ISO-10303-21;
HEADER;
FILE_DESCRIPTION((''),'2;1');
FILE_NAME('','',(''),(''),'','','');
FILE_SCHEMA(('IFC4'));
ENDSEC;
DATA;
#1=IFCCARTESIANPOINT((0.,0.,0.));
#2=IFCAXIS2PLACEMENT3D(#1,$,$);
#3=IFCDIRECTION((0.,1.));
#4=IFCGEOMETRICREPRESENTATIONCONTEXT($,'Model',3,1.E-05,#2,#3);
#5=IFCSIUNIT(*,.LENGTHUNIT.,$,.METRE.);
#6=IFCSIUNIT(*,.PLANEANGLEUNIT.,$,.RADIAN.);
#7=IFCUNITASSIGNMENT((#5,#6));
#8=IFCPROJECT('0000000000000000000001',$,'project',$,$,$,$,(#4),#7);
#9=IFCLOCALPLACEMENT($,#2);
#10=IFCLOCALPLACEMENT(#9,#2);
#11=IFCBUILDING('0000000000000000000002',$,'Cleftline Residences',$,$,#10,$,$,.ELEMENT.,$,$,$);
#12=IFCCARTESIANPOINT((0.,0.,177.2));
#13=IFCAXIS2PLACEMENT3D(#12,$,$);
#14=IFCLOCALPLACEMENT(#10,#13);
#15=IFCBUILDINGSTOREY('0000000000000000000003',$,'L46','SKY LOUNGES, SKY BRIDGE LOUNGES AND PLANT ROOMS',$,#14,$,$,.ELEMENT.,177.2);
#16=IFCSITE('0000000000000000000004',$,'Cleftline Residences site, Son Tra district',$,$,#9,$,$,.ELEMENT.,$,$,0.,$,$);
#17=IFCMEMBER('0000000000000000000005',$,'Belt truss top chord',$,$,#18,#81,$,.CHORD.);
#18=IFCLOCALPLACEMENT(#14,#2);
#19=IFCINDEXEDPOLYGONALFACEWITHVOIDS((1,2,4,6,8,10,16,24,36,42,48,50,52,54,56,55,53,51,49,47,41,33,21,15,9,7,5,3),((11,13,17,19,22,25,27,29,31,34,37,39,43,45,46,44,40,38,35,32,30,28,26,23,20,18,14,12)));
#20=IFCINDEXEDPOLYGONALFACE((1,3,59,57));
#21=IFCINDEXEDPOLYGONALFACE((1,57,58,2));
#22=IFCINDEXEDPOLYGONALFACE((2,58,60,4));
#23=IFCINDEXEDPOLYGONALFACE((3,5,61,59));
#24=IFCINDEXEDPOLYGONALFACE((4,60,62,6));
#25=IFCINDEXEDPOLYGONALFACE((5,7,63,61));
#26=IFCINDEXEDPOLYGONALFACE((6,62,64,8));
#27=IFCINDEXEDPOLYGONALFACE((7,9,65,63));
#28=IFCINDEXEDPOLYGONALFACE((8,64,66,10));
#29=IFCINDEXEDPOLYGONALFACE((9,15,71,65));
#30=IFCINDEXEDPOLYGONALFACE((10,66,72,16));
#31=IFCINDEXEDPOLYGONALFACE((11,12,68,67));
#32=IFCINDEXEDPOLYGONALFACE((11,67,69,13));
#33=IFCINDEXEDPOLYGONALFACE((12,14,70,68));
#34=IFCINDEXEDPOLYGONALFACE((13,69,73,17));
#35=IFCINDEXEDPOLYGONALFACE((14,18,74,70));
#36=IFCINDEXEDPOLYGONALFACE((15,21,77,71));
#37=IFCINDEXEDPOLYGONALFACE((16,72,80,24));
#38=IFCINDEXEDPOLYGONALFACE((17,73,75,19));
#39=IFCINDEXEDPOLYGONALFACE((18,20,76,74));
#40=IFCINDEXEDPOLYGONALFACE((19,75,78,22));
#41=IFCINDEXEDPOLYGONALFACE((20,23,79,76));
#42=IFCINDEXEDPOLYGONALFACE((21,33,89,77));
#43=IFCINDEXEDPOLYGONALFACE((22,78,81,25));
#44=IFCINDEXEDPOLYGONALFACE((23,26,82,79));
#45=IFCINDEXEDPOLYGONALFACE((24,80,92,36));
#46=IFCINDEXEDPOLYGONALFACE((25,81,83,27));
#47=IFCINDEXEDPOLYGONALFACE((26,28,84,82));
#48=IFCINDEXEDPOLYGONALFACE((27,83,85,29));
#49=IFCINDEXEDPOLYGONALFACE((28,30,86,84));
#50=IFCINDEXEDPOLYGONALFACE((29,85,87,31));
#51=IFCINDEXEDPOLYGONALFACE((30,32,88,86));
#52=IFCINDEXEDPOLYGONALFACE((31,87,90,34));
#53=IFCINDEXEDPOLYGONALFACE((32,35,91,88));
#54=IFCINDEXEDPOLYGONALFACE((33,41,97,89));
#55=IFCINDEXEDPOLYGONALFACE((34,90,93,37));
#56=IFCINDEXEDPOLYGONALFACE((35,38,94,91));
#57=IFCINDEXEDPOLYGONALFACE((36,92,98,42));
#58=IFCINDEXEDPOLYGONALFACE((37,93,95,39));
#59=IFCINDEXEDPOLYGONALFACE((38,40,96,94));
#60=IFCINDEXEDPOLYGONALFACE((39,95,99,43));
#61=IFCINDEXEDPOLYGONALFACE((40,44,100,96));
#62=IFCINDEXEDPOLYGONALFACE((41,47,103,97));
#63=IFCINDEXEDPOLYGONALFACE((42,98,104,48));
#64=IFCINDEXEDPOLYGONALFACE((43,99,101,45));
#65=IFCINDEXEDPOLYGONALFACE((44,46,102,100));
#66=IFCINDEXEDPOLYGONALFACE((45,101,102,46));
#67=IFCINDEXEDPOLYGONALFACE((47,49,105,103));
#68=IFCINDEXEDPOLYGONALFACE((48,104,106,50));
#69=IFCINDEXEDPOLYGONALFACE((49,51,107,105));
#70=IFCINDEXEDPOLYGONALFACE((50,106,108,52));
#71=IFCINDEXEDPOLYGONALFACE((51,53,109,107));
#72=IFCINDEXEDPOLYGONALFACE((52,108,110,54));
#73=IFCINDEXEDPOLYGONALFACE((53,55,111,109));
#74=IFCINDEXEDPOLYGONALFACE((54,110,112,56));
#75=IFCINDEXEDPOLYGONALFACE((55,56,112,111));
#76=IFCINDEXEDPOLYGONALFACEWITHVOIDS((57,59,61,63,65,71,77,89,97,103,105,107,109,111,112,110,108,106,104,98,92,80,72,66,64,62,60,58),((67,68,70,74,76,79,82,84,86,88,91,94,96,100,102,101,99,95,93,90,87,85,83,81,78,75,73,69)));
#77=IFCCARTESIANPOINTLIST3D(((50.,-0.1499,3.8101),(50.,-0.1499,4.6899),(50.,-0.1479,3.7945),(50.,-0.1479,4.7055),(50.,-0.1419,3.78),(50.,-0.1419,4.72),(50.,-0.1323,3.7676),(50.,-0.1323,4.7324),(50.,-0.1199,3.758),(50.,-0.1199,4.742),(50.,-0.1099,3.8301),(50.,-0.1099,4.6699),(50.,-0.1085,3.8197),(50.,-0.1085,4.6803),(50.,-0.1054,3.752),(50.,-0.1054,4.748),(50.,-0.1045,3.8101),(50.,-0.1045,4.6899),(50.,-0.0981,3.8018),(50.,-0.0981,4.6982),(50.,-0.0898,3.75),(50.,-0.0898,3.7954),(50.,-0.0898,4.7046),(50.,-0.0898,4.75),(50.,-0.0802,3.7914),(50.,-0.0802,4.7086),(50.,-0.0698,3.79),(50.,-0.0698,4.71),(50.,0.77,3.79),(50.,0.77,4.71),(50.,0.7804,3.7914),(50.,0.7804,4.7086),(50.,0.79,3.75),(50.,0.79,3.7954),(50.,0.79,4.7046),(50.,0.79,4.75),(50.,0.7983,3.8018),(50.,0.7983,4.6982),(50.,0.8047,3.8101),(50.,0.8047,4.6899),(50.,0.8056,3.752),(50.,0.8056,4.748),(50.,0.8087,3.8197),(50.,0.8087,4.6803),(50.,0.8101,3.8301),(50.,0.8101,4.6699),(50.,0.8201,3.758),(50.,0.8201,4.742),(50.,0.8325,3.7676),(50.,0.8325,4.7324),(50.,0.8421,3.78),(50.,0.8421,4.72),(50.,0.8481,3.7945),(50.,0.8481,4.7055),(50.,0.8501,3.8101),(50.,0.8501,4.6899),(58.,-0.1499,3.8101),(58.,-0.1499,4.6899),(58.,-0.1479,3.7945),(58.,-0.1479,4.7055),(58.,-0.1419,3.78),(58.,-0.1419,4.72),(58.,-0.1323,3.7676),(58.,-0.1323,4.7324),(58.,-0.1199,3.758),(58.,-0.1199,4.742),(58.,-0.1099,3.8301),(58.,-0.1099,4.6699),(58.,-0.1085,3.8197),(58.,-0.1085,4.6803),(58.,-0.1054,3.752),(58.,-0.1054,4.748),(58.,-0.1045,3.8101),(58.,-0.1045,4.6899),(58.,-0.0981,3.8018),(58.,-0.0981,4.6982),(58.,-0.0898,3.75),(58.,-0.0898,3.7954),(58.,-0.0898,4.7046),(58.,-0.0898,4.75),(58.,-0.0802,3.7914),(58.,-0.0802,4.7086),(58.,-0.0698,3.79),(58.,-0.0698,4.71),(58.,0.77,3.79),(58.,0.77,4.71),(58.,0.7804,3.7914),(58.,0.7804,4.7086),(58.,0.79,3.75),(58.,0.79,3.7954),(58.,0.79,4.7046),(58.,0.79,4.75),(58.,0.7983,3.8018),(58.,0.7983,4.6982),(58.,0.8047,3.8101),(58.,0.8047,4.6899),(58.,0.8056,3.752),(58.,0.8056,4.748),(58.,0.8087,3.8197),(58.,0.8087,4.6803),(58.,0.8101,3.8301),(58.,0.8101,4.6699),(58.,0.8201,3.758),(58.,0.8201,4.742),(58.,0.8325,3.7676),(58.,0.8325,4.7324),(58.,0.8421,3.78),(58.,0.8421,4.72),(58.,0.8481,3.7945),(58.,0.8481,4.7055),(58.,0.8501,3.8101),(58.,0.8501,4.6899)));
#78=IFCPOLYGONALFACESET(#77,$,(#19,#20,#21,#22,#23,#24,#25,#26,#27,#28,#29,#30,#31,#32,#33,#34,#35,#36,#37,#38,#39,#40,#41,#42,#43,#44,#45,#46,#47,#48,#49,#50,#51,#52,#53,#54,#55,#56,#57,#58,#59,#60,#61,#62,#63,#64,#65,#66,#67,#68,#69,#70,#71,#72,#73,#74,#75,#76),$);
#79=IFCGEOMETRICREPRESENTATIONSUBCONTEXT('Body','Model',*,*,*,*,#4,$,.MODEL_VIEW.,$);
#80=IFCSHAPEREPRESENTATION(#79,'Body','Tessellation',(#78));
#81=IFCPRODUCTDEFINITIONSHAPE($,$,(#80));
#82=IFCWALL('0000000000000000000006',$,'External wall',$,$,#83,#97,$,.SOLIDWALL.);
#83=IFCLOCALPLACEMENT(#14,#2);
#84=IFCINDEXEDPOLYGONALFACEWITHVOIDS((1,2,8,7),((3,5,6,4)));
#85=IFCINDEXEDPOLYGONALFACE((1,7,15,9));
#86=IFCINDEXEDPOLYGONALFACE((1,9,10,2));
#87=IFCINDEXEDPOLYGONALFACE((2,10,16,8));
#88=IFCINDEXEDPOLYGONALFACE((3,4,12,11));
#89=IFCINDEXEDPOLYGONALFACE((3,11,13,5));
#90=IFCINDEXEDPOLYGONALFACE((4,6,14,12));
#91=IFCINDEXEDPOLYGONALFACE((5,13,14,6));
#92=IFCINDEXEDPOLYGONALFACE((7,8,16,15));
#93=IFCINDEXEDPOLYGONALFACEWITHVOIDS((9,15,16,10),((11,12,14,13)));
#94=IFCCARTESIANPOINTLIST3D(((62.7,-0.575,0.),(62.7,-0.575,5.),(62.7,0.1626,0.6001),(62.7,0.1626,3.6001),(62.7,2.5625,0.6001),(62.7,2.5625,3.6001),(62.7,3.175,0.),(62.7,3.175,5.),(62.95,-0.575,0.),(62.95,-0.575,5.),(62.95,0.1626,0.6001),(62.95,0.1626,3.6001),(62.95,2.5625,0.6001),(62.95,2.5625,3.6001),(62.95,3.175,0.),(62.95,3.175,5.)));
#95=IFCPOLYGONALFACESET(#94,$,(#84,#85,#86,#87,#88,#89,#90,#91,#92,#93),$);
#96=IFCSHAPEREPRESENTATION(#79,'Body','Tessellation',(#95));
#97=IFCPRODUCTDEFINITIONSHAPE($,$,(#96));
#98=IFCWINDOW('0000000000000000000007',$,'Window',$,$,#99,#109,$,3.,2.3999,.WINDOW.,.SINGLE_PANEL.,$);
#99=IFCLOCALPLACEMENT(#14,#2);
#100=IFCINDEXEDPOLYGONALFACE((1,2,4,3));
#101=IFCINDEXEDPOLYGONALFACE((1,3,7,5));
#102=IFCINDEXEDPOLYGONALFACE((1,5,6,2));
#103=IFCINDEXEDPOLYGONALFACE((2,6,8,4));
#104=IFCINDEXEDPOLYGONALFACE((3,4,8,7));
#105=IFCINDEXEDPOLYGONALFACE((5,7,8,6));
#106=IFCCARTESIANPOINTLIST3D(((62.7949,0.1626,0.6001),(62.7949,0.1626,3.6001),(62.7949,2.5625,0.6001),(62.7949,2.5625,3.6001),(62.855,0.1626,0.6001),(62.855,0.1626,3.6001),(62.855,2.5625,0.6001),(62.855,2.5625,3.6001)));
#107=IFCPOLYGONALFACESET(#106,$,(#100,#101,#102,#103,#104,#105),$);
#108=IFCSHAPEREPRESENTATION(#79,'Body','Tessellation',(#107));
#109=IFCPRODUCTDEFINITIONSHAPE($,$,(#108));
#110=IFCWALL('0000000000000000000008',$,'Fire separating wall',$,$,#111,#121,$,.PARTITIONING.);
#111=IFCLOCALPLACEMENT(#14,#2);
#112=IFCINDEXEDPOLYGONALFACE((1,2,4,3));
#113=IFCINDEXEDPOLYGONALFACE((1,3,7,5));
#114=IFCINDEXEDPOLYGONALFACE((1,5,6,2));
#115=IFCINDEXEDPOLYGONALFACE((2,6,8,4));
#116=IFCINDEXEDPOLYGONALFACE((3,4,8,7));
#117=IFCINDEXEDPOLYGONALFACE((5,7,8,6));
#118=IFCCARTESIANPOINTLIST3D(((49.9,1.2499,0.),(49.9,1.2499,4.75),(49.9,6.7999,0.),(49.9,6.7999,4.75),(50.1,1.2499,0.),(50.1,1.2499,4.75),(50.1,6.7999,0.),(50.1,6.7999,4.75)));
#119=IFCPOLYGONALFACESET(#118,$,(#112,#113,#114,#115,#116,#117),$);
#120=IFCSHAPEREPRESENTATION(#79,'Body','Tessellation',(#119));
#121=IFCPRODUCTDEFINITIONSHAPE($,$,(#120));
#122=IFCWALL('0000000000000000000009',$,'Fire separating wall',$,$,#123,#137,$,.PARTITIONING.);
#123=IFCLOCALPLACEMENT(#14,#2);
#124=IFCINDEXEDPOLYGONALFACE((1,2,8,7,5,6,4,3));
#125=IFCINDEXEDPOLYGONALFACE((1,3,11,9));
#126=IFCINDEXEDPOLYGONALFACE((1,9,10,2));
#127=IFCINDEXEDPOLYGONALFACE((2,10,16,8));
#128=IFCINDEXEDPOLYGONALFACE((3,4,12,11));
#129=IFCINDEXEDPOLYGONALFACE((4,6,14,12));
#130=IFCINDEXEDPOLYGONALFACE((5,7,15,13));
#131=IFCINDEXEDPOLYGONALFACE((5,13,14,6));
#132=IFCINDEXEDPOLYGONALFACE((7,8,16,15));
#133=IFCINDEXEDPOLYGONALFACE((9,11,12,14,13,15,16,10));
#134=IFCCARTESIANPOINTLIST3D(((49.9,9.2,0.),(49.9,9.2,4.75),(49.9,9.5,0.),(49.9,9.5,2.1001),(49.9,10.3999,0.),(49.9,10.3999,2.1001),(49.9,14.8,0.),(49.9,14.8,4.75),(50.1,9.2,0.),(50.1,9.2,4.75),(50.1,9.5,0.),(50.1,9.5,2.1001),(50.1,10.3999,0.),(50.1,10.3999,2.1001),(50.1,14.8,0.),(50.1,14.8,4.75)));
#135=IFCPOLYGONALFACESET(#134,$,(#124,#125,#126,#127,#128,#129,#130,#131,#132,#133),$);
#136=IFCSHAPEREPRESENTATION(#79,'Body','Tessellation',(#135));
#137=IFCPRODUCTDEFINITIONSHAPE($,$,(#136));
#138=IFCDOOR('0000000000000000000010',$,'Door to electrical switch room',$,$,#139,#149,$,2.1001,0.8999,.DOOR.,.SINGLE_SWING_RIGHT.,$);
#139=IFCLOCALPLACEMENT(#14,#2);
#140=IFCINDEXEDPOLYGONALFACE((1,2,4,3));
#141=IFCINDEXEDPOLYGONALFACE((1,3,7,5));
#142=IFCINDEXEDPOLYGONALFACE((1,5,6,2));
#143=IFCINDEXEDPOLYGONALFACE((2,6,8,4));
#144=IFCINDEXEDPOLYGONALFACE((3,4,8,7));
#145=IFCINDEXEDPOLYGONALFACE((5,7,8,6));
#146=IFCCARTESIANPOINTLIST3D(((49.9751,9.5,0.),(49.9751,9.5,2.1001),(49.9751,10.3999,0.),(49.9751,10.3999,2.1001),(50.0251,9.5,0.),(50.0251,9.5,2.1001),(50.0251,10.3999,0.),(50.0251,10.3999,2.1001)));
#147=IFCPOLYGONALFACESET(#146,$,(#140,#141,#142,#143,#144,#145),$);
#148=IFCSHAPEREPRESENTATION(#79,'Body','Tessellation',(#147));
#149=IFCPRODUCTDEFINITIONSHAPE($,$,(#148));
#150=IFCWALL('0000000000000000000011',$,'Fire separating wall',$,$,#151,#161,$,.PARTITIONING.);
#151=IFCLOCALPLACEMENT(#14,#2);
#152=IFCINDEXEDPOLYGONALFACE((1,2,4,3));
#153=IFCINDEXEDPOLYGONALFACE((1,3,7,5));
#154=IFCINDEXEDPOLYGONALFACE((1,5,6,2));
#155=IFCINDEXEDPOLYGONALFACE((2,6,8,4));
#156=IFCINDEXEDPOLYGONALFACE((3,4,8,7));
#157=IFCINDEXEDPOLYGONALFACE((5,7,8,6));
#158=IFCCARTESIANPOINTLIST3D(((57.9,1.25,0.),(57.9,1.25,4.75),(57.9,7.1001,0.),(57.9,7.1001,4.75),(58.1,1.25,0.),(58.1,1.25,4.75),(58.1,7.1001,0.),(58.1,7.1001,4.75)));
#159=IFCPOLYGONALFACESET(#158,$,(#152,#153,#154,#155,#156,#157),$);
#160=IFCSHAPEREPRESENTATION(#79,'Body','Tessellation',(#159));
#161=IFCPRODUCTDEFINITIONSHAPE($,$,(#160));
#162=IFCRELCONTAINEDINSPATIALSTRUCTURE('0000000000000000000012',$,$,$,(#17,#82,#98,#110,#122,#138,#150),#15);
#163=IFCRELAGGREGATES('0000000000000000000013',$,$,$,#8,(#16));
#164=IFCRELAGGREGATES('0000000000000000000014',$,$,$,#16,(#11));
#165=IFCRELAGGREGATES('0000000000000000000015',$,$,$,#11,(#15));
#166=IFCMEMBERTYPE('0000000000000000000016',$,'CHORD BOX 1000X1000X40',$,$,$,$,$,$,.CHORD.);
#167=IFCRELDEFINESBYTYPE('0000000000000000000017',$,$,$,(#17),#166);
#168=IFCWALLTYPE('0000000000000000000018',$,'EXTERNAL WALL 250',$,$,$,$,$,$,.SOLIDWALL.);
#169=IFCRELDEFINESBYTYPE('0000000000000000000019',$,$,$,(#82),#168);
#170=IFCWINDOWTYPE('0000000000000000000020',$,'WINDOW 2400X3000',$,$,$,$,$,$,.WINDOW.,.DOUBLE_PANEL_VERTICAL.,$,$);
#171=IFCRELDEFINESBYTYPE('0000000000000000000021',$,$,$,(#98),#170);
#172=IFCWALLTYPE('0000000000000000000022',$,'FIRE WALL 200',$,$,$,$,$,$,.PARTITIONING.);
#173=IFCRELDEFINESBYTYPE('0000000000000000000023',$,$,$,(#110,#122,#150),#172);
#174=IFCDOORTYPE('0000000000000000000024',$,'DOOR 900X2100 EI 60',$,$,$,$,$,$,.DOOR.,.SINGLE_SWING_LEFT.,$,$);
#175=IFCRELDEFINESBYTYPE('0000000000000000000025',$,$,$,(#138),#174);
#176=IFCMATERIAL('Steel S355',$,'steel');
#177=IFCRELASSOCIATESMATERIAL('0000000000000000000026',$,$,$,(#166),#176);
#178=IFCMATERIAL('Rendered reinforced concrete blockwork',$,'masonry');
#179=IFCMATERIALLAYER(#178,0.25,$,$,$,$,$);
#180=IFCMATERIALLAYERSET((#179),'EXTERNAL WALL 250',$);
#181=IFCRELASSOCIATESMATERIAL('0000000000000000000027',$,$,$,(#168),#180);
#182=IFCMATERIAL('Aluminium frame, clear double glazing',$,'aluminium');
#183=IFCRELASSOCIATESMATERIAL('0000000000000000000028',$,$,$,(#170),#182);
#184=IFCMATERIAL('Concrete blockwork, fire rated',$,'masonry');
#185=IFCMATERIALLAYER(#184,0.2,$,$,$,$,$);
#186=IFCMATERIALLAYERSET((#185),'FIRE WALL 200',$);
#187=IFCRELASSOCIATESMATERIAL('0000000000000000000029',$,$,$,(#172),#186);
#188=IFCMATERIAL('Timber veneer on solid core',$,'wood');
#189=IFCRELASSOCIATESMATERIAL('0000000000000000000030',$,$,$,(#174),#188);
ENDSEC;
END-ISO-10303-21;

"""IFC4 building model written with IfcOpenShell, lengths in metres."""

from ifc_helpers import new_model, si_unit, direction, frame, frame_2d, origin, origin_2d, place, context, subcontext, project, spatial, rectangle, hollow_rectangle, extrude, material, layer, layer_set, material_profile, profile_set, type_object, element, fill, save


model = new_model("IFC4")

# Units and contexts
model_context = context("Model", 3, precision=1e-05, world=origin(), true_north=direction((0.0, 1.0)))
body_context = subcontext(model_context, "Body", "Model", "MODEL_VIEW")
ifc_project = project(units=[si_unit("LENGTHUNIT", "METRE"), si_unit("PLANEANGLEUNIT", "RADIAN")], contexts=[model_context])

# Site, building, storey
site_placement = place(None, origin())
site = spatial("IfcSite", under=ifc_project, at=site_placement, Name="Cleftline Residences site, Son Tra district", CompositionType="ELEMENT", RefElevation=0.0)
building_placement = place(site_placement, origin())
building = spatial("IfcBuilding", under=site, at=building_placement, Name="Cleftline Residences", CompositionType="ELEMENT")
storey_placement = place(building_placement, frame((0.0, 0.0, 177.2)))
storey = spatial("IfcBuildingStorey", under=building, at=storey_placement, Name="L46", Description="SKY LOUNGES, SKY BRIDGE LOUNGES AND PLANT ROOMS", CompositionType="ELEMENT", Elevation=177.2)

# Member
ifc_material_1 = material(Name="Steel S355", Category="steel")
ifc_material_profile_1 = material_profile(ifc_material_1, hollow_rectangle(XDim=1.0, YDim=1.0, WallThickness=0.04, InnerFilletRadius=0.04, OuterFilletRadius=0.0601, at=origin_2d()))
ifc_profile_set_1 = profile_set([ifc_material_profile_1], Name="Steel S355")
member_type_1 = type_object("IfcMemberType", Name="CHORD BOX 1000X1000X40", PredefinedType="CHORD", material=ifc_profile_set_1)
for number, where, z_axis, x_axis, name in (
    (1, (50.0, 0.3501, 4.25), (1.0, 0.0, 0.0), (0.0, 1.0, 0.0), "Belt truss top chord"),
):
    element("IfcMember", number, at=place(storey_placement, frame(where, z_axis=z_axis, x_axis=x_axis)), inside=storey, type_object=member_type_1, Name=name, PredefinedType="CHORD", context=body_context, shape_type="SweptSolid", body=[
        extrude(hollow_rectangle(XDim=1.0, YDim=1.0, WallThickness=0.04, InnerFilletRadius=0.04, OuterFilletRadius=0.0601, at=origin_2d()), origin(), (0.0, 0.0, 1.0), 8.0),
    ])

# Wall, opening, window
ifc_material_2 = material(Name="Rendered reinforced concrete blockwork", Category="masonry")
ifc_layer_1 = layer(ifc_material_2, 0.25)
ifc_layer_set_1 = layer_set([ifc_layer_1], Name="EXTERNAL WALL 250")
wall_type_1 = type_object("IfcWallType", Name="EXTERNAL WALL 250", PredefinedType="SOLIDWALL", material=ifc_layer_set_1)
wall_1_placement = place(storey_placement, frame((62.825, -0.575, 0.0), z_axis=(0.0, 0.0, 1.0), x_axis=(0.0, 1.0, 0.0)))
wall_1 = element("IfcWall", 2, at=wall_1_placement, inside=storey, type_object=wall_type_1, Name="External wall", PredefinedType="SOLIDWALL", context=body_context, shape_type="SweptSolid", body=[
    extrude(rectangle(XDim=3.75, YDim=0.25, at=frame_2d((1.875, 0.0))), origin(), (0.0, 0.0, 1.0), 5.0),
])
opening_1_placement = place(wall_1_placement, frame((0.7375, 0.0, 0.6001)))
opening_1 = element("IfcOpeningElement", 3, at=opening_1_placement, cuts=wall_1, PredefinedType="OPENING", context=body_context, shape_type="SweptSolid", body=[
    extrude(rectangle(XDim=2.3999, YDim=3.0, at=frame_2d((1.2, 1.5))), frame((0.0, 0.135, 0.0), z_axis=(0.0, -1.0, 0.0), x_axis=(1.0, 0.0, 0.0)), (0.0, 0.0, 1.0), 0.27),
])
ifc_material_3 = material(Name="Aluminium frame, clear double glazing", Category="aluminium")
window_type = type_object("IfcWindowType", Name="WINDOW 2400X3000", PartitioningType="DOUBLE_PANEL_VERTICAL", PredefinedType="WINDOW", material=ifc_material_3)
window_placement = place(opening_1_placement, origin())
window = element("IfcWindow", 4, at=window_placement, inside=storey, type_object=window_type, Name="Window", OverallHeight=3.0, OverallWidth=2.3999, PartitioningType="SINGLE_PANEL", PredefinedType="WINDOW", context=body_context, shape_type="SweptSolid", body=[
    extrude(rectangle(XDim=2.3999, YDim=3.0, at=frame_2d((1.2, 1.5))), frame((0.0, 0.03, 0.0), z_axis=(0.0, -1.0, 0.0), x_axis=(1.0, 0.0, 0.0)), (0.0, 0.0, 1.0), 0.0601),
])
fill(opening_1, window)

# Wall
ifc_material_4 = material(Name="Concrete blockwork, fire rated", Category="masonry")
ifc_layer_2 = layer(ifc_material_4, 0.2)
ifc_layer_set_2 = layer_set([ifc_layer_2], Name="FIRE WALL 200")
wall_type_2 = type_object("IfcWallType", Name="FIRE WALL 200", PredefinedType="PARTITIONING", material=ifc_layer_set_2)
wall_2_placement = place(storey_placement, frame((50.0, 1.25, 0.0), z_axis=(0.0, 0.0, 1.0), x_axis=(0.0, 1.0, 0.0)))
element("IfcWall", 5, at=wall_2_placement, inside=storey, type_object=wall_type_2, Name="Fire separating wall", PredefinedType="PARTITIONING", context=body_context, shape_type="SweptSolid", body=[
    extrude(rectangle(XDim=5.55, YDim=0.2, at=frame_2d((2.7749, 0.0))), origin(), (0.0, 0.0, 1.0), 4.75),
])

# Wall, opening, door
wall_3_placement = place(storey_placement, frame((50.0, 9.2, 0.0), z_axis=(0.0, 0.0, 1.0), x_axis=(0.0, 1.0, 0.0)))
wall_3 = element("IfcWall", 6, at=wall_3_placement, inside=storey, type_object=wall_type_2, Name="Fire separating wall", PredefinedType="PARTITIONING", context=body_context, shape_type="SweptSolid", body=[
    extrude(rectangle(XDim=5.6001, YDim=0.2, at=frame_2d((2.8, 0.0))), origin(), (0.0, 0.0, 1.0), 4.75),
])
opening_2_placement = place(wall_3_placement, frame((0.3, 0.0, 0.0)))
opening_2 = element("IfcOpeningElement", 7, at=opening_2_placement, cuts=wall_3, PredefinedType="OPENING", context=body_context, shape_type="SweptSolid", body=[
    extrude(rectangle(XDim=0.8999, YDim=2.1001, at=frame_2d((0.45, 1.05))), frame((0.0, 0.1099, 0.0), z_axis=(0.0, -1.0, 0.0), x_axis=(1.0, 0.0, 0.0)), (0.0, 0.0, 1.0), 0.22),
])
ifc_material_5 = material(Name="Timber veneer on solid core", Category="wood")
door_type = type_object("IfcDoorType", Name="DOOR 900X2100 EI 60", OperationType="SINGLE_SWING_LEFT", PredefinedType="DOOR", material=ifc_material_5)
door_1_placement = place(opening_2_placement, origin())
door_1 = element("IfcDoor", 8, at=door_1_placement, inside=storey, type_object=door_type, Name="Door to electrical switch room", OperationType="SINGLE_SWING_RIGHT", OverallHeight=2.1001, OverallWidth=0.8999, PredefinedType="DOOR", context=body_context, shape_type="SweptSolid", body=[
    extrude(rectangle(XDim=0.8999, YDim=2.1001, at=frame_2d((0.45, 1.05))), frame((0.0, 0.0249, 0.0), z_axis=(0.0, -1.0, 0.0), x_axis=(1.0, 0.0, 0.0)), (0.0, 0.0, 1.0), 0.05),
])
fill(opening_2, door_1)

# Wall
wall_4_placement = place(storey_placement, frame((58.0, 1.25, 0.0), z_axis=(0.0, 0.0, 1.0), x_axis=(0.0, 1.0, 0.0)))
element("IfcWall", 9, at=wall_4_placement, inside=storey, type_object=wall_type_2, Name="Fire separating wall", PredefinedType="PARTITIONING", context=body_context, shape_type="SweptSolid", body=[
    extrude(rectangle(XDim=5.8501, YDim=0.2, at=frame_2d((2.925, 0.0))), origin(), (0.0, 0.0, 1.0), 4.75),
])

save(model, "model.ifc")
